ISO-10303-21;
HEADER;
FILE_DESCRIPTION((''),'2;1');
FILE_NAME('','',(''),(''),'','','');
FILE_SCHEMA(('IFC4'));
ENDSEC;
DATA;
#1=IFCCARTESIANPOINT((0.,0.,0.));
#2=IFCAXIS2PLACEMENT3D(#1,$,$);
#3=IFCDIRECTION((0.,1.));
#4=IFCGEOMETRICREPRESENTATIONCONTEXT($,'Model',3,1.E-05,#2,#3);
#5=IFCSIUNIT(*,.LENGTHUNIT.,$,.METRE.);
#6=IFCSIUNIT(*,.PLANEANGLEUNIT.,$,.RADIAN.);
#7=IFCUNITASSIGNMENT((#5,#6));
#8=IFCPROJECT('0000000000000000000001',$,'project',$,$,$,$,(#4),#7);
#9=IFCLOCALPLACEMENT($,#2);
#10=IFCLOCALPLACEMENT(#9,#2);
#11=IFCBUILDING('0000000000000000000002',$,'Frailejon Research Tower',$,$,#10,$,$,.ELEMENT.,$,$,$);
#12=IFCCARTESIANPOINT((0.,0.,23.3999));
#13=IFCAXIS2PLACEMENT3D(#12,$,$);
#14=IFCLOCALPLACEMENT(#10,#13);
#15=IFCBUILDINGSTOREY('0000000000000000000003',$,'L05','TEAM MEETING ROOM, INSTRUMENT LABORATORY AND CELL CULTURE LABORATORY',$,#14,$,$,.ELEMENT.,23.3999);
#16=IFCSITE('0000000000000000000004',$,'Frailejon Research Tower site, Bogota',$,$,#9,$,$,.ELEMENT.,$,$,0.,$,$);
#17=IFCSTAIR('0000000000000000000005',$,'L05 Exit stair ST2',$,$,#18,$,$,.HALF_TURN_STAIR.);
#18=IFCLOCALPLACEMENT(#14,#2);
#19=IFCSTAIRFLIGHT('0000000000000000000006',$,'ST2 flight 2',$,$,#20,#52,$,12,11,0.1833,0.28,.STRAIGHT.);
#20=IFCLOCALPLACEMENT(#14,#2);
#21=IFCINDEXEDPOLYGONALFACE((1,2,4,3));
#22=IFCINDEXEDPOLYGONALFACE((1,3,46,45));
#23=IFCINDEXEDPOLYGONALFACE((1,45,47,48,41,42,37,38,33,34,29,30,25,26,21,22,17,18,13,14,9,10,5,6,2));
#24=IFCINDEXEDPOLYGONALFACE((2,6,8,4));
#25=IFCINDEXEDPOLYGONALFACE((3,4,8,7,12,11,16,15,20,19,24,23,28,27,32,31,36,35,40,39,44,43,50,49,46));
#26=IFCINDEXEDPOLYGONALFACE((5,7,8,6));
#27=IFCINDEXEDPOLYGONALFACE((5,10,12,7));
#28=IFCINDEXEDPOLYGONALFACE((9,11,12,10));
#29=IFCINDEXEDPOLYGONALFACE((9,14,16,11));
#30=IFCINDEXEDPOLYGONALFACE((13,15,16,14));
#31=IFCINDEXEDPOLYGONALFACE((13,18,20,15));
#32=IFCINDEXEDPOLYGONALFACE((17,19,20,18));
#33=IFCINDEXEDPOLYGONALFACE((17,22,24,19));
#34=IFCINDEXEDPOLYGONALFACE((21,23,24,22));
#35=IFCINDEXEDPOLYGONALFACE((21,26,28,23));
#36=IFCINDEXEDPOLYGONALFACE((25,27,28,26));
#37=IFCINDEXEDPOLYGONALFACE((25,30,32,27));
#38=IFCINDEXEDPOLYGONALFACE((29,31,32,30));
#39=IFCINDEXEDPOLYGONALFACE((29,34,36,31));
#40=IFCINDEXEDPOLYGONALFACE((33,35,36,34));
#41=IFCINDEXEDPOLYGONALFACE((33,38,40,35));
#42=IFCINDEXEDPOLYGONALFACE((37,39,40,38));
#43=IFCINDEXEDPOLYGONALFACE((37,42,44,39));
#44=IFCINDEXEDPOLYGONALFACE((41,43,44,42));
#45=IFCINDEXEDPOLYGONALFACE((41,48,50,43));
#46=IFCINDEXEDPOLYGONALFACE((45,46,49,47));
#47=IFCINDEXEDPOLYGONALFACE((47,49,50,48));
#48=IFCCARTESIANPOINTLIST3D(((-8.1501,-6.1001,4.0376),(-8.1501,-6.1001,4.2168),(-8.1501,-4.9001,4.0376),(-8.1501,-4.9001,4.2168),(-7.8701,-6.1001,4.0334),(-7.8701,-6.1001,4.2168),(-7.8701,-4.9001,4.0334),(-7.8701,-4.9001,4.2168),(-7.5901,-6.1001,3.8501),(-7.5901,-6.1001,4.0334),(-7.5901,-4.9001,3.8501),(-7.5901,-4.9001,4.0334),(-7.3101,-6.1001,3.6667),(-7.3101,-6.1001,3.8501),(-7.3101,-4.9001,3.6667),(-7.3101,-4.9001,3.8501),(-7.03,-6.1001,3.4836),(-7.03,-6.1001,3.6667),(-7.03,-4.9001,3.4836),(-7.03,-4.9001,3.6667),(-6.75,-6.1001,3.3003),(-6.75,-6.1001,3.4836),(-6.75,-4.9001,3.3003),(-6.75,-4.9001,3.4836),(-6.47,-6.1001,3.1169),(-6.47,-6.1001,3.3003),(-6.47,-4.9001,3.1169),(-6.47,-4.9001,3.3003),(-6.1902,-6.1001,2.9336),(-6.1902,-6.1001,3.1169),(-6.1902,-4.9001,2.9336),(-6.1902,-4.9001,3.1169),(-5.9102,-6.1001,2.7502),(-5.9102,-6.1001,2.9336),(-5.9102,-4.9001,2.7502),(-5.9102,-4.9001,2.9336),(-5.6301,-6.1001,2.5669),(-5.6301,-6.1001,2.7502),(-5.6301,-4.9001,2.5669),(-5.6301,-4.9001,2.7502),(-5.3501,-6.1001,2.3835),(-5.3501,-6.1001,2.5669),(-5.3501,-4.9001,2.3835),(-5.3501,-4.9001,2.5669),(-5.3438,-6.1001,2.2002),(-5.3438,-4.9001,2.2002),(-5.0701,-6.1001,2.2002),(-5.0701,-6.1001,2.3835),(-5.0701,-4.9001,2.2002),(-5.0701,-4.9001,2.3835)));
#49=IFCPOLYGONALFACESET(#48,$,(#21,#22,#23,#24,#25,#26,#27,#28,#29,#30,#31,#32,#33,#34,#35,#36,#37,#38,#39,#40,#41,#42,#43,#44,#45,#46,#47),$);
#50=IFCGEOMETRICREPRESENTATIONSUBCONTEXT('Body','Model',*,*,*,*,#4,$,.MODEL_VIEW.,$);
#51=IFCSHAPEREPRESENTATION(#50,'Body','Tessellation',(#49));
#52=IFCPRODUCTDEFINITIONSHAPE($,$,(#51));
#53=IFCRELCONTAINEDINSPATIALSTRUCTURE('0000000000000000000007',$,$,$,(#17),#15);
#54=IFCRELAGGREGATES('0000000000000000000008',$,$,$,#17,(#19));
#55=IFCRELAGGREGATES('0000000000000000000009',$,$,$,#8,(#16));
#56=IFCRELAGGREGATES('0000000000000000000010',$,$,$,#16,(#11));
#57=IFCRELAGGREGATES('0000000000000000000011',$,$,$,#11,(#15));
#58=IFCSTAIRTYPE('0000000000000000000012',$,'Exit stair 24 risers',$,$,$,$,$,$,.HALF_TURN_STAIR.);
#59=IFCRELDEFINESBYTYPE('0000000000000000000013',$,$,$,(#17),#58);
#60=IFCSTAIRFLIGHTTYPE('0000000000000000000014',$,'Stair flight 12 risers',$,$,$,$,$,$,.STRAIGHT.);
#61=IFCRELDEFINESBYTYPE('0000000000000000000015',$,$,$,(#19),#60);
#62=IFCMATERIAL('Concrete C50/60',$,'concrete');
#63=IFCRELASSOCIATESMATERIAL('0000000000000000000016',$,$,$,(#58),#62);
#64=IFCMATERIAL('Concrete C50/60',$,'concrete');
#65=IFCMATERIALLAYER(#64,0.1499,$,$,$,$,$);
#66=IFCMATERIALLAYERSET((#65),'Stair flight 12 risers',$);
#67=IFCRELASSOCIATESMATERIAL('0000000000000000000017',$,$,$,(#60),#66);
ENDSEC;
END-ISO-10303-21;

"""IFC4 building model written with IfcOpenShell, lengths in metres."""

from ifc_helpers import new_model, si_unit, direction, frame, origin, place, context, subcontext, project, spatial, polyline, outline, extrude, material, layer, layer_set, type_object, element, aggregate, save


model = new_model("IFC4")

# Units and contexts
model_context = context("Model", 3, precision=1e-05, world=origin(), true_north=direction((0.0, 1.0)))
body_context = subcontext(model_context, "Body", "Model", "MODEL_VIEW")
ifc_project = project(units=[si_unit("LENGTHUNIT", "METRE"), si_unit("PLANEANGLEUNIT", "RADIAN")], contexts=[model_context])

# Site, building, storey
site_placement = place(None, origin())
site = spatial("IfcSite", under=ifc_project, at=site_placement, Name="Frailejon Research Tower site, Bogota", CompositionType="ELEMENT", RefElevation=0.0)
building_placement = place(site_placement, origin())
building = spatial("IfcBuilding", under=site, at=building_placement, Name="Frailejon Research Tower", CompositionType="ELEMENT")
storey_placement = place(building_placement, frame((0.0, 0.0, 23.3999)))
storey = spatial("IfcBuildingStorey", under=building, at=storey_placement, Name="L05", Description="TEAM MEETING ROOM, INSTRUMENT LABORATORY AND CELL CULTURE LABORATORY", CompositionType="ELEMENT", Elevation=23.3999)

# Stair, stair flight
ifc_material_1 = material(Name="Concrete C50/60", Category="concrete")
stair_type = type_object("IfcStairType", Name="Exit stair 24 risers", PredefinedType="HALF_TURN_STAIR", material=ifc_material_1)
stair_placement = place(storey_placement, origin())
stair = element("IfcStair", 1, at=stair_placement, inside=storey, type_object=stair_type, Name="L05 Exit stair ST2", PredefinedType="HALF_TURN_STAIR")
ifc_material_2 = material(Name="Concrete C50/60", Category="concrete")
ifc_layer_1 = layer(ifc_material_2, 0.1499)
ifc_layer_set_1 = layer_set([ifc_layer_1], Name="Stair flight 12 risers")
stair_flight_type = type_object("IfcStairFlightType", Name="Stair flight 12 risers", PredefinedType="STRAIGHT", material=ifc_layer_set_1)
stair_flight_1_placement = place(storey_placement, frame((-5.0701, -5.5, 2.2002), z_axis=(0.0, 0.0, 1.0), x_axis=(-1.0, 0.0, 0.0)))
stair_flight_1 = element("IfcStairFlight", 2, at=stair_flight_1_placement, type_object=stair_flight_type, Name="ST2 flight 2", NumberOfRisers=12, NumberOfTreads=11, PredefinedType="STRAIGHT", RiserHeight=0.1833, TreadLength=0.28, context=body_context, shape_type="SweptSolid", body=[
    extrude(outline(polyline([(0.0, 0.0), (0.0, 0.1833), (0.28, 0.1833), (0.28, 0.3667), (0.5601, 0.3667), (0.5601, 0.55), (0.8401, 0.55), (0.8401, 0.7334), (1.1201, 0.7334), (1.1201, 0.9167), (1.3999, 0.9167), (1.3999, 1.1001), (1.6799, 1.1001), (1.6799, 1.2834), (1.96, 1.2834), (1.96, 1.4666), (2.24, 1.4666), (2.24, 1.6499), (2.52, 1.6499), (2.52, 1.8333), (2.8, 1.8333), (2.8, 2.0166), (3.0801, 2.0166), (3.0801, 2.2), (3.0801, 1.8374), (0.2737, 0.0), (0.0, 0.0)])), frame((0.0, 0.6001, 0.0), z_axis=(0.0, -1.0, 0.0), x_axis=(1.0, 0.0, 0.0)), (0.0, 0.0, 1.0), 1.2),
])
aggregate(stair, [stair_flight_1])

save(model, "model.ifc")
